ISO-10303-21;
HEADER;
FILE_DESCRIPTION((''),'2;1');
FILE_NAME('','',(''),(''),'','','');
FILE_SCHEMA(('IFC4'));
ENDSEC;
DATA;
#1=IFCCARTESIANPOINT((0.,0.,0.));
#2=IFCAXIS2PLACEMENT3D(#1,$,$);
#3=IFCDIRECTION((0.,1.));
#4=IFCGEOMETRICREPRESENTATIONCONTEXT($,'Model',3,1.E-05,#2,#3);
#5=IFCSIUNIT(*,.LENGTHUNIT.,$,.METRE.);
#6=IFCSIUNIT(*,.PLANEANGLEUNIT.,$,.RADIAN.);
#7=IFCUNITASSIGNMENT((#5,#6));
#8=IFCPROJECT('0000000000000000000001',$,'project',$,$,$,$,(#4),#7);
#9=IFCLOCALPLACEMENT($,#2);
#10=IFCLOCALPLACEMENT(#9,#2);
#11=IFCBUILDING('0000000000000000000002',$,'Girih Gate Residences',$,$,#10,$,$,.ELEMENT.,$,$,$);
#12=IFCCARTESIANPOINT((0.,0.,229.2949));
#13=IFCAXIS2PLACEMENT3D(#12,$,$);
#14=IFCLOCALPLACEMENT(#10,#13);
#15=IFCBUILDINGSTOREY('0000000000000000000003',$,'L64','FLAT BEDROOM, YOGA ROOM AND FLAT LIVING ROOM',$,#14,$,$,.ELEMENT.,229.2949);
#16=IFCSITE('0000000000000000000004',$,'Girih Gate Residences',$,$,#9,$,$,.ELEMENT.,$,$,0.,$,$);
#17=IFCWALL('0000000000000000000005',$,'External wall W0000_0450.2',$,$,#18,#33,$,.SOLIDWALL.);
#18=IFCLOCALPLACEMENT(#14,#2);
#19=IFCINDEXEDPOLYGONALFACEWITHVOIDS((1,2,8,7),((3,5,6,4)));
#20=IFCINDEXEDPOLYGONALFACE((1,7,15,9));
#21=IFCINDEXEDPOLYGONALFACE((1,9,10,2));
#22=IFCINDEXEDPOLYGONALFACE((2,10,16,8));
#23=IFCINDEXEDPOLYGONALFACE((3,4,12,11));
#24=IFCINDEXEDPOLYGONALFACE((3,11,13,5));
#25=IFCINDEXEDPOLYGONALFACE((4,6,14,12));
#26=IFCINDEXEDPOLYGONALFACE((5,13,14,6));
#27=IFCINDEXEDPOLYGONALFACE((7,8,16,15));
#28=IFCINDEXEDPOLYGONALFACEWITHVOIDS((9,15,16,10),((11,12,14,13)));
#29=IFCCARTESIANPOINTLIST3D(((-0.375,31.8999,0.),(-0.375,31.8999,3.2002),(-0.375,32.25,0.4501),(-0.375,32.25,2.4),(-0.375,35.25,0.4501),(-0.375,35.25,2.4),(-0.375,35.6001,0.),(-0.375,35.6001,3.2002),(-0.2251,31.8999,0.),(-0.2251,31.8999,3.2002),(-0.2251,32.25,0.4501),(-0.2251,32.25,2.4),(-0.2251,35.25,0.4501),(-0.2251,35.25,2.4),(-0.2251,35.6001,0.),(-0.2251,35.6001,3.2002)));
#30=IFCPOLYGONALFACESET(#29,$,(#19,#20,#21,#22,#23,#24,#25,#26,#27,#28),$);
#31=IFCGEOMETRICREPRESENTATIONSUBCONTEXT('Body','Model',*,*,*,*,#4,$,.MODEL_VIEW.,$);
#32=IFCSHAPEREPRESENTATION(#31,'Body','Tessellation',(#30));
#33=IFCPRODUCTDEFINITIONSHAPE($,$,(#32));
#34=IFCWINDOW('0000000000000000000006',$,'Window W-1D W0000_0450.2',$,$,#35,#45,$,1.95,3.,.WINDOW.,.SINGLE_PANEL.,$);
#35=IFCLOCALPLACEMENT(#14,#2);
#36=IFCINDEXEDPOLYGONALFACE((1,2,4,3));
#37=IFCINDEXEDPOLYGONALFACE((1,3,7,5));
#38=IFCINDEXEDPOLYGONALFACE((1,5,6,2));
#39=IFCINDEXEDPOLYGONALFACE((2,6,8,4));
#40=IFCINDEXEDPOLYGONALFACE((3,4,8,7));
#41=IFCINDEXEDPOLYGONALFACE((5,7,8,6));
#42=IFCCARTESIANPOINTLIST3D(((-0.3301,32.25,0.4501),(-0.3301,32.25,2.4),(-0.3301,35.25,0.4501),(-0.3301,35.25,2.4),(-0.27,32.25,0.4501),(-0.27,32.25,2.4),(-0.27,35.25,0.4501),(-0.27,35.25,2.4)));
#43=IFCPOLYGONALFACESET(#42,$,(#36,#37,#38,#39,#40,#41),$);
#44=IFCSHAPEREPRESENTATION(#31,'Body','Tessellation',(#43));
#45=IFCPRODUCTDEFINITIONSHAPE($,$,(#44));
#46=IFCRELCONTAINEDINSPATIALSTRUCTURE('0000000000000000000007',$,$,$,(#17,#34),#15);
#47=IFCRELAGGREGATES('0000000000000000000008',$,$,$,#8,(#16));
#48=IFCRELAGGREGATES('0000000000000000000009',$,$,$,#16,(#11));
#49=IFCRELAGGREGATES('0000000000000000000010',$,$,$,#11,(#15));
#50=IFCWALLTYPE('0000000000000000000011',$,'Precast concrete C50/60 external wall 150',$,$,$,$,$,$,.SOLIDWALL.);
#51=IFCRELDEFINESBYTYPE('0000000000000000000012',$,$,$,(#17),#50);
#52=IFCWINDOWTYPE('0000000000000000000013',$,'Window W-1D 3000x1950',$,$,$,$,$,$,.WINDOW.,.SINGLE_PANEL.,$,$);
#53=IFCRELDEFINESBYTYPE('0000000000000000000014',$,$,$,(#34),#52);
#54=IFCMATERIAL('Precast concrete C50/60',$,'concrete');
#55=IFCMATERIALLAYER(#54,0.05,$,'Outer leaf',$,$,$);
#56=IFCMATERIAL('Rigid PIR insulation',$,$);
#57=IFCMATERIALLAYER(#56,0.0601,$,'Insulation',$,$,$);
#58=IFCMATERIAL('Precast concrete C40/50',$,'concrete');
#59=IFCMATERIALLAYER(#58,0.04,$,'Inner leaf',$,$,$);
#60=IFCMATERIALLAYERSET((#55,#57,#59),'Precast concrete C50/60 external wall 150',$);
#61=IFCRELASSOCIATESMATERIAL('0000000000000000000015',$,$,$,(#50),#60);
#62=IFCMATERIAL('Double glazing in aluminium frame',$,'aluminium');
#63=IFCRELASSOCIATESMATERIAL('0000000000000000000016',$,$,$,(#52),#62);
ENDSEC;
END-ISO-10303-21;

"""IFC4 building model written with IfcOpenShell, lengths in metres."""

from ifc_helpers import new_model, si_unit, direction, frame, frame_2d, origin, place, context, subcontext, project, spatial, rectangle, extrude, material, layer, layer_set, type_object, element, fill, save


model = new_model("IFC4")

# Units and contexts
model_context = context("Model", 3, precision=1e-05, world=origin(), true_north=direction((0.0, 1.0)))
body_context = subcontext(model_context, "Body", "Model", "MODEL_VIEW")
ifc_project = project(units=[si_unit("LENGTHUNIT", "METRE"), si_unit("PLANEANGLEUNIT", "RADIAN")], contexts=[model_context])

# Site, building, storey
site_placement = place(None, origin())
site = spatial("IfcSite", under=ifc_project, at=site_placement, Name="Girih Gate Residences", CompositionType="ELEMENT", RefElevation=0.0)
building_placement = place(site_placement, origin())
building = spatial("IfcBuilding", under=site, at=building_placement, Name="Girih Gate Residences", CompositionType="ELEMENT")
storey_placement = place(building_placement, frame((0.0, 0.0, 229.2949)))
storey = spatial("IfcBuildingStorey", under=building, at=storey_placement, Name="L64", Description="FLAT BEDROOM, YOGA ROOM AND FLAT LIVING ROOM", CompositionType="ELEMENT", Elevation=229.2949)

# Wall, opening, window
ifc_material_1 = material(Name="Precast concrete C50/60", Category="concrete")
ifc_layer_1 = layer(ifc_material_1, 0.05, Name="Outer leaf")
ifc_material_2 = material(Name="Rigid PIR insulation")
ifc_layer_2 = layer(ifc_material_2, 0.0601, Name="Insulation")
ifc_material_3 = material(Name="Precast concrete C40/50", Category="concrete")
ifc_layer_3 = layer(ifc_material_3, 0.04, Name="Inner leaf")
ifc_layer_set_1 = layer_set([ifc_layer_1, ifc_layer_2, ifc_layer_3], Name="Precast concrete C50/60 external wall 150")
wall_type_1 = type_object("IfcWallType", Name="Precast concrete C50/60 external wall 150", PredefinedType="SOLIDWALL", material=ifc_layer_set_1)
ifc_material_4 = material(Name="Double glazing in aluminium frame", Category="aluminium")
window_type = type_object("IfcWindowType", Name="Window W-1D 3000x1950", PartitioningType="SINGLE_PANEL", PredefinedType="WINDOW", material=ifc_material_4)
wall_1_placement = place(storey_placement, frame((-0.3, 31.8999, 0.0), z_axis=(0.0, 0.0, 1.0), x_axis=(0.0, 1.0, 0.0)))
wall_1 = element("IfcWall", 1, at=wall_1_placement, inside=storey, type_object=wall_type_1, Name="External wall W0000_0450.2", PredefinedType="SOLIDWALL", context=body_context, shape_type="SweptSolid", body=[
    extrude(rectangle(XDim=3.7002, YDim=0.1499, at=frame_2d((1.8501, 0.0))), origin(), (0.0, 0.0, 1.0), 3.2002),
])
opening_1_placement = place(wall_1_placement, frame((0.3501, 0.0, 0.45)))
opening_1 = element("IfcOpeningElement", 2, at=opening_1_placement, cuts=wall_1, PredefinedType="OPENING", context=body_context, shape_type="SweptSolid", body=[
    extrude(rectangle(XDim=3.0, YDim=1.95, at=frame_2d((1.5, 0.9751))), frame((0.0, 0.085, 0.0), z_axis=(0.0, -1.0, 0.0), x_axis=(1.0, 0.0, 0.0)), (0.0, 0.0, 1.0), 0.1699),
])
window_1_placement = place(opening_1_placement, origin())
window_1 = element("IfcWindow", 3, at=window_1_placement, inside=storey, type_object=window_type, Name="Window W-1D W0000_0450.2", OverallHeight=1.95, OverallWidth=3.0, PartitioningType="SINGLE_PANEL", PredefinedType="WINDOW", context=body_context, shape_type="SweptSolid", body=[
    extrude(rectangle(XDim=3.0, YDim=1.95, at=frame_2d((1.5, 0.9751))), frame((0.0, 0.03, 0.0), z_axis=(0.0, -1.0, 0.0), x_axis=(1.0, 0.0, 0.0)), (0.0, 0.0, 1.0), 0.0601),
])
fill(opening_1, window_1)

save(model, "model.ifc")
